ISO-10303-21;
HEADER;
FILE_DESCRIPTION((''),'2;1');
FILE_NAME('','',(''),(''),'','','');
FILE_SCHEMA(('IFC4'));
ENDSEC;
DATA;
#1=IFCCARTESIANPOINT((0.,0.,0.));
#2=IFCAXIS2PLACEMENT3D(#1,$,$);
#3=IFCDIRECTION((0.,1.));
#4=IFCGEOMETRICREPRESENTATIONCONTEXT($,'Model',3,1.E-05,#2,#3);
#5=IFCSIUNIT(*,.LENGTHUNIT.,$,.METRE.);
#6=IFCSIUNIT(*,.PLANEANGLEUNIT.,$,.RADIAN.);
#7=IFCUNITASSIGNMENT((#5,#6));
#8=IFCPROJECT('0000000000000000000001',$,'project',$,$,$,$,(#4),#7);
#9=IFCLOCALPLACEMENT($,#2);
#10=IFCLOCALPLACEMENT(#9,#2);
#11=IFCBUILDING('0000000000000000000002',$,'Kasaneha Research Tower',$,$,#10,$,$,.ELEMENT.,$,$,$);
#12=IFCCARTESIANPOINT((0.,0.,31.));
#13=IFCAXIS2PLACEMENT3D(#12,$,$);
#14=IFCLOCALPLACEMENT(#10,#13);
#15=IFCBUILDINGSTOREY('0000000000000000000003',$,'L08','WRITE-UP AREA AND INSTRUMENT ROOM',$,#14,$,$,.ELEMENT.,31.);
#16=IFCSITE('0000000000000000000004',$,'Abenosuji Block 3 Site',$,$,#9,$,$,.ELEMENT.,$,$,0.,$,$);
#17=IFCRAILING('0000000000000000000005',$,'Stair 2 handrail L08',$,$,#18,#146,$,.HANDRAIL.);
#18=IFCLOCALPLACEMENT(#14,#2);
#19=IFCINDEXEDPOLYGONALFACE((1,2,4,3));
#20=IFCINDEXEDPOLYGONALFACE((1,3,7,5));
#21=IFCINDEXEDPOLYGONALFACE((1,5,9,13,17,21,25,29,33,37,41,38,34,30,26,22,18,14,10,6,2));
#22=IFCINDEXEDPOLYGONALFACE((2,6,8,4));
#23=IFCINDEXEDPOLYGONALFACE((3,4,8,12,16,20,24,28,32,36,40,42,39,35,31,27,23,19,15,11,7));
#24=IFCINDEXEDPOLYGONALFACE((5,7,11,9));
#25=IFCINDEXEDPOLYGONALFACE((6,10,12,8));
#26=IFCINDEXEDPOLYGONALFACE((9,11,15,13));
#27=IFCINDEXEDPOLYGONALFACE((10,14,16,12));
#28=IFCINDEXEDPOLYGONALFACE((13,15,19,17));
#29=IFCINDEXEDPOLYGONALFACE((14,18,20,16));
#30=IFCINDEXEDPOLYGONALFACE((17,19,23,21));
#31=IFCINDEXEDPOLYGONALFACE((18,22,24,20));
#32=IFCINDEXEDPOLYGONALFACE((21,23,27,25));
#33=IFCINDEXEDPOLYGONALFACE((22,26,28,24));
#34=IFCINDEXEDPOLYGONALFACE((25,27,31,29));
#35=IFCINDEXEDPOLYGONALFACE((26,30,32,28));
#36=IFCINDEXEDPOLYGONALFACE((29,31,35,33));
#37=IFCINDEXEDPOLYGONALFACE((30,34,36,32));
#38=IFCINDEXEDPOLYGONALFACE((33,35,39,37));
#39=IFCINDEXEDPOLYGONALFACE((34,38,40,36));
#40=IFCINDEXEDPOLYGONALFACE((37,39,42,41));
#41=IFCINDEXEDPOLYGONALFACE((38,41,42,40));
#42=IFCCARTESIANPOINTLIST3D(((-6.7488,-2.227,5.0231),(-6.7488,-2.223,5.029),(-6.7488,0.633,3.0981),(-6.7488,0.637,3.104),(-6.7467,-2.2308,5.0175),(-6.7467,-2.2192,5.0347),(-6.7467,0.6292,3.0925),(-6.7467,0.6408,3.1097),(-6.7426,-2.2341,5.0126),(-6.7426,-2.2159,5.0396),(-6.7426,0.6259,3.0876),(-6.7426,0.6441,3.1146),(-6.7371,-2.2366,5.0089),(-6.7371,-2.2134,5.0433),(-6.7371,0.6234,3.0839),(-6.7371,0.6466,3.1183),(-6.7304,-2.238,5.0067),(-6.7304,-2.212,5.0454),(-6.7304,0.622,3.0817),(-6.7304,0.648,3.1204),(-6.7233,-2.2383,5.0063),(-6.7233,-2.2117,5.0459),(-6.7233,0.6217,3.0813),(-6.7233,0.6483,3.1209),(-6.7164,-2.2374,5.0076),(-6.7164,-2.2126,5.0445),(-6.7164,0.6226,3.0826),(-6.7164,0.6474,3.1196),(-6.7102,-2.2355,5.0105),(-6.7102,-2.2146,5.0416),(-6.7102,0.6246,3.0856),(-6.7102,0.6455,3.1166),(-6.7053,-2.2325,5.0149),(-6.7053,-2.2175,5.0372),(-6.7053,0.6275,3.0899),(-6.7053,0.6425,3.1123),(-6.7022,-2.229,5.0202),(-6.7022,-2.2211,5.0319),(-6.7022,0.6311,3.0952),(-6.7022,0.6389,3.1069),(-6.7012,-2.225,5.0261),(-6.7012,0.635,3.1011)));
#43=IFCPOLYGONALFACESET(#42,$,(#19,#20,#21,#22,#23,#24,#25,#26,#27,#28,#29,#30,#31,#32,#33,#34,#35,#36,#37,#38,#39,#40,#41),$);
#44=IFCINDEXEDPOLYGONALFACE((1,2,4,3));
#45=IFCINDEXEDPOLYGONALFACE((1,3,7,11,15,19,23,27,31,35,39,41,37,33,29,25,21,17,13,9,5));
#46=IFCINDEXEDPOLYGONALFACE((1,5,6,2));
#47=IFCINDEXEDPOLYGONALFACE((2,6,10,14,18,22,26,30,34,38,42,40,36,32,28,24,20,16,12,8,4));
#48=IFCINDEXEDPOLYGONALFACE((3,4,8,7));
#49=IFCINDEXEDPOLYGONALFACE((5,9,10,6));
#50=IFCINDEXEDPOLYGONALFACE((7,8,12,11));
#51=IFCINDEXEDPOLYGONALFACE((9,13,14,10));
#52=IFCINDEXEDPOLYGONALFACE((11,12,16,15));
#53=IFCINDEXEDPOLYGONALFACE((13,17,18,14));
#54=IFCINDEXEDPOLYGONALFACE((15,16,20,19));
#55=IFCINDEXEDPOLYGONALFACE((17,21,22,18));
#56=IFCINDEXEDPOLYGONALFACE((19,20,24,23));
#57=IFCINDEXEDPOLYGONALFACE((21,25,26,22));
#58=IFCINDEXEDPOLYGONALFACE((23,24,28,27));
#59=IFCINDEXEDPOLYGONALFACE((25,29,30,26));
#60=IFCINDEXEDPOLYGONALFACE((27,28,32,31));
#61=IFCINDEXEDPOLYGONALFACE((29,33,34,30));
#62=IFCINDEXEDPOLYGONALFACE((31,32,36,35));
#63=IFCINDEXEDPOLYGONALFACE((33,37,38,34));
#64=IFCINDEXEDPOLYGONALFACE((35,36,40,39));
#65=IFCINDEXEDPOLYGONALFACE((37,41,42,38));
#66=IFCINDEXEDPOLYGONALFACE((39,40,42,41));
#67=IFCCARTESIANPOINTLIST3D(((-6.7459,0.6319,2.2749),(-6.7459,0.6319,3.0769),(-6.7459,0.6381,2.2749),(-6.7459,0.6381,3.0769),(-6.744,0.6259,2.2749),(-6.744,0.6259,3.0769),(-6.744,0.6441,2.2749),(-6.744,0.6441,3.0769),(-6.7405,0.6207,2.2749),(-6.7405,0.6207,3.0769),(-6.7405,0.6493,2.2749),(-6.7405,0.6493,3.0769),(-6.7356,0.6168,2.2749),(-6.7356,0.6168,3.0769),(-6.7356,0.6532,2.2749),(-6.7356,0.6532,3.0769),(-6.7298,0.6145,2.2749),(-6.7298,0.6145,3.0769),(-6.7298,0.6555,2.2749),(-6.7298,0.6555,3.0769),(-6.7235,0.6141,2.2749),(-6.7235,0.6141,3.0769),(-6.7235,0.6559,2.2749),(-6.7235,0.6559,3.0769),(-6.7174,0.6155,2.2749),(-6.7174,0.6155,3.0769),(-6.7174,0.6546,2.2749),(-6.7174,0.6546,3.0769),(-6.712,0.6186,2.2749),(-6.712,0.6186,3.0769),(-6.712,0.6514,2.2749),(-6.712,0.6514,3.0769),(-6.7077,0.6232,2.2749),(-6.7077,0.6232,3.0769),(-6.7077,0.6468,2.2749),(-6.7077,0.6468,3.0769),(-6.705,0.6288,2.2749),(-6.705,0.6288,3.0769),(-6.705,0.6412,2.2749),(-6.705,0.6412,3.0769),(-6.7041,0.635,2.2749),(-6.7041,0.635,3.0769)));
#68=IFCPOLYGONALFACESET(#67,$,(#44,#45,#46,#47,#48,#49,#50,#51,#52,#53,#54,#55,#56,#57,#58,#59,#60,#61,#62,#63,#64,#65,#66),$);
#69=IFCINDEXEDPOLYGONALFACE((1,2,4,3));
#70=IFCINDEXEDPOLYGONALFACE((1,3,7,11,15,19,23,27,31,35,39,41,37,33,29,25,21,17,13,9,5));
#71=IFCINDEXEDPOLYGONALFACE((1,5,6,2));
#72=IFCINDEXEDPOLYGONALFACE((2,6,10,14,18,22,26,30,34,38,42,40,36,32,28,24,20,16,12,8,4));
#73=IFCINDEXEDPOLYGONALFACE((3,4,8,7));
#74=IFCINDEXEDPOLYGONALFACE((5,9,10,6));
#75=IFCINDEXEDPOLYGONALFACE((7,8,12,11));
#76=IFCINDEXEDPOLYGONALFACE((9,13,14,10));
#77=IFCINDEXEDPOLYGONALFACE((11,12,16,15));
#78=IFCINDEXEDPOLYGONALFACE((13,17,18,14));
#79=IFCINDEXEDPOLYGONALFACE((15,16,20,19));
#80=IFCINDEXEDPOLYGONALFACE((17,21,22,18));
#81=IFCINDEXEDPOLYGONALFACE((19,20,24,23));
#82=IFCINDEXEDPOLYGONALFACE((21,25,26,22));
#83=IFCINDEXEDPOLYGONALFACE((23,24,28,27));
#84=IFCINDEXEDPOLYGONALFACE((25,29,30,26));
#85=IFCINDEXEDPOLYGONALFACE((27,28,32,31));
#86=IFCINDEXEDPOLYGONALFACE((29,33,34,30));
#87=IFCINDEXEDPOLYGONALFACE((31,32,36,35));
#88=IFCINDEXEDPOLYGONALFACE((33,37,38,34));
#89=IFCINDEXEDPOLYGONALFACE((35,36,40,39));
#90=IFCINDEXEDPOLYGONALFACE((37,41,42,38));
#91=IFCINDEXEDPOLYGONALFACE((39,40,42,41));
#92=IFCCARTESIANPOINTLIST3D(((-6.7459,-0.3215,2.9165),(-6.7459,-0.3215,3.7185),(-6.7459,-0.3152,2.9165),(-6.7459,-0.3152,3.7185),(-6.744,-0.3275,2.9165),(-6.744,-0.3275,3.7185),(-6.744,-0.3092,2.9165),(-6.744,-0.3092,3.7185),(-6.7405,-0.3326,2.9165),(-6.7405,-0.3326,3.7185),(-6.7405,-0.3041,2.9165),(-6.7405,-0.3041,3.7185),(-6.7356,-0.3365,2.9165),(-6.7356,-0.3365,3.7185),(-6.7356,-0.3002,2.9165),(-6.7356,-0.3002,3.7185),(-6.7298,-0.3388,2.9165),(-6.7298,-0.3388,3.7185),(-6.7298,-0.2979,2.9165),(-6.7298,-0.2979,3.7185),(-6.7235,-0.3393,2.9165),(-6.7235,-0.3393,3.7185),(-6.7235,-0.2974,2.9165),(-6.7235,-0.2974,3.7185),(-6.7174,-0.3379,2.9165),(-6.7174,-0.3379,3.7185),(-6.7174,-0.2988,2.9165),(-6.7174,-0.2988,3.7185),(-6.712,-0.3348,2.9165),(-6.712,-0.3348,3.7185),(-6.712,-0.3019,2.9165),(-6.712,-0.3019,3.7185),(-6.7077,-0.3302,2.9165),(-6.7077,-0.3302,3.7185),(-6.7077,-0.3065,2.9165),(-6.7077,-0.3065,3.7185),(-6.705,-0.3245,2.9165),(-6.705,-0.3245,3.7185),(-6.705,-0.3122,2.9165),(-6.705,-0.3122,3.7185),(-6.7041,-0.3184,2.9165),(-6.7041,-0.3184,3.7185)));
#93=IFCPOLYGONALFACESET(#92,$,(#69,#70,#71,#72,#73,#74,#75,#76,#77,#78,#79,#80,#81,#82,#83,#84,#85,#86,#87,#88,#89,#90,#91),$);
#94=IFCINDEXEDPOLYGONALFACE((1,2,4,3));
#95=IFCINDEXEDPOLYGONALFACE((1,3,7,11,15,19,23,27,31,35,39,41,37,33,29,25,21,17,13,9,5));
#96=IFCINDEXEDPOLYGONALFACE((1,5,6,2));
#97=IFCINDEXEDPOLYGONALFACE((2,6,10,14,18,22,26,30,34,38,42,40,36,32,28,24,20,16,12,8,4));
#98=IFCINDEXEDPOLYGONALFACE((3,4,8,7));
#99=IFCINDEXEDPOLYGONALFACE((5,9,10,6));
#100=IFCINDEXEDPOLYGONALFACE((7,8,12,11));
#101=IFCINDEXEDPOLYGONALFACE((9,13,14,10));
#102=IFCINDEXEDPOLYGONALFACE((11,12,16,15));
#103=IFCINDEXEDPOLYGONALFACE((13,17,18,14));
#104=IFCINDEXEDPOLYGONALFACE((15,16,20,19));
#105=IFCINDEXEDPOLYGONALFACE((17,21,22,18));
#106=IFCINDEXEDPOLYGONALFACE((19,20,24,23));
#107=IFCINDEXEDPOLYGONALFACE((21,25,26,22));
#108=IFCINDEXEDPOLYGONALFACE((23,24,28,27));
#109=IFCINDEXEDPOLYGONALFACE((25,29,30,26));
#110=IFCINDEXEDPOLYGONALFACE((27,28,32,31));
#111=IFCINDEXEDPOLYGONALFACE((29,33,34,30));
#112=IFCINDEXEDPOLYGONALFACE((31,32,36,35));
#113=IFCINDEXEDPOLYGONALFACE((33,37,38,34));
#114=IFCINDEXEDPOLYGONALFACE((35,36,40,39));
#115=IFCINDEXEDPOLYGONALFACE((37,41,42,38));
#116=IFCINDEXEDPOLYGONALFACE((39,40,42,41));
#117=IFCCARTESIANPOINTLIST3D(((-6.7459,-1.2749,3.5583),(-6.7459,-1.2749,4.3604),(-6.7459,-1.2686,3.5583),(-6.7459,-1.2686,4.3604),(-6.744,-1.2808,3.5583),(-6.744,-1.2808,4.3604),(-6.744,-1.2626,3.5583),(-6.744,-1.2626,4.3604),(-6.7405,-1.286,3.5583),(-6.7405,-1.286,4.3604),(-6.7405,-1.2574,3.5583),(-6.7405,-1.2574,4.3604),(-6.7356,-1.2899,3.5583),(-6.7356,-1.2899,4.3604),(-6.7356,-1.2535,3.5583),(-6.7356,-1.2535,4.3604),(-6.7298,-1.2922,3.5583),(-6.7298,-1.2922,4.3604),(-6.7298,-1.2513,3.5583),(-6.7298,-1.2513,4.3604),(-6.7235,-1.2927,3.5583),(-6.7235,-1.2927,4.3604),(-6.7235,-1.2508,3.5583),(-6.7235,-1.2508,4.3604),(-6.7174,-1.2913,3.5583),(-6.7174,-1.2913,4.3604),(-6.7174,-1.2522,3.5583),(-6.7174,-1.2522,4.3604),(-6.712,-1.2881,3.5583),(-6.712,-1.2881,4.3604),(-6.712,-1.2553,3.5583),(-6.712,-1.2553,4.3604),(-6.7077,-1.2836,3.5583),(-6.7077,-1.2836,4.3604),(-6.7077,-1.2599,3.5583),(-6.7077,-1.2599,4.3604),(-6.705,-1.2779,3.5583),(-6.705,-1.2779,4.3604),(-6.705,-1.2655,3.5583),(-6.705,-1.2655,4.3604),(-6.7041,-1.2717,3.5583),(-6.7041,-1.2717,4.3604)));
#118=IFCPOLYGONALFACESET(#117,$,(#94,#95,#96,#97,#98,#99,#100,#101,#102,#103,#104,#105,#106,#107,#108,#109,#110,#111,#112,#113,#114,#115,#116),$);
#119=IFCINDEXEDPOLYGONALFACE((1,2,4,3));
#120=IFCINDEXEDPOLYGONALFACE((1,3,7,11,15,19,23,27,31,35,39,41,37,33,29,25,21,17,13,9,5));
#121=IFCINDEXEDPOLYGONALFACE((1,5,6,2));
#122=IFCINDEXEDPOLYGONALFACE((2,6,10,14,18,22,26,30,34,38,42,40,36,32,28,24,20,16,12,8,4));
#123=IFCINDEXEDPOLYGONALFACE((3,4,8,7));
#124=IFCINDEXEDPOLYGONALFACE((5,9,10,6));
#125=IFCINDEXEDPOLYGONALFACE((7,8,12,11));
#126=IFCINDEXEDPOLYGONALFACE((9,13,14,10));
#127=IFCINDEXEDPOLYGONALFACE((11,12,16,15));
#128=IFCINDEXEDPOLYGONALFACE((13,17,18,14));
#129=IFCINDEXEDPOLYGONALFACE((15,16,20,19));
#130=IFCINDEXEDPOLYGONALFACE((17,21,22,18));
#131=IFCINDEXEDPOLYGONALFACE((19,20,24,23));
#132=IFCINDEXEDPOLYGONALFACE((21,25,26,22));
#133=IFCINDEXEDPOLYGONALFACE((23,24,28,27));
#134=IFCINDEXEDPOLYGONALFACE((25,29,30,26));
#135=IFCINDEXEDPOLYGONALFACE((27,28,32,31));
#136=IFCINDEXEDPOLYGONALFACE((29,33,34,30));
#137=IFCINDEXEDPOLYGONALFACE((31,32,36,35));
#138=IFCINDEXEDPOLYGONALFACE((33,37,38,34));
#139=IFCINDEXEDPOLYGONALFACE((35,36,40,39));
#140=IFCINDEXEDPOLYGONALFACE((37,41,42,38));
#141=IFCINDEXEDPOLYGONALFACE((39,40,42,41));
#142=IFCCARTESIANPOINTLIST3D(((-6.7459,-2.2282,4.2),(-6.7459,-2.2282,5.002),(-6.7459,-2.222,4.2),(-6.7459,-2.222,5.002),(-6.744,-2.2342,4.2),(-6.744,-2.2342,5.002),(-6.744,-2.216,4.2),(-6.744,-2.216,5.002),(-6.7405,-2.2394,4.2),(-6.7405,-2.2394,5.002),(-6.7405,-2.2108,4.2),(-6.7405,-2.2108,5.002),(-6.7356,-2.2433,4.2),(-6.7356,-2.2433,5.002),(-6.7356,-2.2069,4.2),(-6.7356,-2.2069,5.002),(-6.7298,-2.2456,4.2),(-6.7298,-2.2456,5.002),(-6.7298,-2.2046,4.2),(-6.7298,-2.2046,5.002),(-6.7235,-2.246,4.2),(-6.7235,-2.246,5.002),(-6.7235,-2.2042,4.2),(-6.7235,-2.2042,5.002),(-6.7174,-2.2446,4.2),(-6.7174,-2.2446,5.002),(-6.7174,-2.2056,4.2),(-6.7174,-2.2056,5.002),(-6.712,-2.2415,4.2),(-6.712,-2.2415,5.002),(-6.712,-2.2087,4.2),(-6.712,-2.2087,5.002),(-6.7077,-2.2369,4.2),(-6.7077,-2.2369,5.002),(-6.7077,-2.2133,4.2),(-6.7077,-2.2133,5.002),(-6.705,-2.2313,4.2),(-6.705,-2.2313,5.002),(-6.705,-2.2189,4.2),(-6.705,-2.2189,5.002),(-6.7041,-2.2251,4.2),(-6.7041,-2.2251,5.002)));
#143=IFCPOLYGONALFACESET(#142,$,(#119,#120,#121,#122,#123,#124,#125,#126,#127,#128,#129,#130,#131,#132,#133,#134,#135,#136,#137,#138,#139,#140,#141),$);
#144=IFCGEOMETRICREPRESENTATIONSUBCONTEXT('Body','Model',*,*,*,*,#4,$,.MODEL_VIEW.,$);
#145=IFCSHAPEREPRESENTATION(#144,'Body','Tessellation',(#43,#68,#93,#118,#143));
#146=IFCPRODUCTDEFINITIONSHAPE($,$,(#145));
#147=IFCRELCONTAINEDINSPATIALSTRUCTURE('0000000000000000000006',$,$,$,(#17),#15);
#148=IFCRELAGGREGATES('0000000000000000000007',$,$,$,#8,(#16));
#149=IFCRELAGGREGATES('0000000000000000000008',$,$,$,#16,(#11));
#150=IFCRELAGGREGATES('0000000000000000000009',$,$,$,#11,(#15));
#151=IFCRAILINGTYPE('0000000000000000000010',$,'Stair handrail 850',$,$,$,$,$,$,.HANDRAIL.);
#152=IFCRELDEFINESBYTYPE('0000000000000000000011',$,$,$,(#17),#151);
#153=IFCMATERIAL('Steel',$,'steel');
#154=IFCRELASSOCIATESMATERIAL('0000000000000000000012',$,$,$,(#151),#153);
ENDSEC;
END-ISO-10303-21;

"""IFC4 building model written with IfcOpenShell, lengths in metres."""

from ifc_helpers import new_model, si_unit, direction, frame, origin, origin_2d, place, context, subcontext, project, spatial, circle, extrude, material, type_object, element, save


model = new_model("IFC4")

# Units and contexts
model_context = context("Model", 3, precision=1e-05, world=origin(), true_north=direction((0.0, 1.0)))
body_context = subcontext(model_context, "Body", "Model", "MODEL_VIEW")
ifc_project = project(units=[si_unit("LENGTHUNIT", "METRE"), si_unit("PLANEANGLEUNIT", "RADIAN")], contexts=[model_context])

# Site, building, storey
site_placement = place(None, origin())
site = spatial("IfcSite", under=ifc_project, at=site_placement, Name="Abenosuji Block 3 Site", CompositionType="ELEMENT", RefElevation=0.0)
building_placement = place(site_placement, origin())
building = spatial("IfcBuilding", under=site, at=building_placement, Name="Kasaneha Research Tower", CompositionType="ELEMENT")
storey_placement = place(building_placement, frame((0.0, 0.0, 31.0)))
storey = spatial("IfcBuildingStorey", under=building, at=storey_placement, Name="L08", Description="WRITE-UP AREA AND INSTRUMENT ROOM", CompositionType="ELEMENT", Elevation=31.0)

# Railing
ifc_material_1 = material(Name="Steel", Category="steel")
railing_type_1 = type_object("IfcRailingType", Name="Stair handrail 850", PredefinedType="HANDRAIL", material=ifc_material_1)
railing_1_placement = place(storey_placement, frame((-6.7251, 0.635, 2.2749)))
element("IfcRailing", 1, at=railing_1_placement, inside=storey, type_object=railing_type_1, Name="Stair 2 handrail L08", PredefinedType="HANDRAIL", context=body_context, shape_type="SweptSolid", body=[
    extrude(circle(Radius=0.0239, at=origin_2d()), frame((0.0, 0.0, 0.8262), z_axis=(0.0, -0.829591, 0.558372), x_axis=(1.0, 0.0, 0.0)), (0.0, 0.0, 1.0), 3.4475),
    extrude(circle(Radius=0.021, at=origin_2d()), origin(), (0.0, 0.0, 1.0), 0.802),
    extrude(circle(Radius=0.021, at=origin_2d()), frame((0.0, -0.9534, 0.6416)), (0.0, 0.0, 1.0), 0.802),
    extrude(circle(Radius=0.021, at=origin_2d()), frame((0.0, -1.9067, 1.2834)), (0.0, 0.0, 1.0), 0.802),
    extrude(circle(Radius=0.021, at=origin_2d()), frame((0.0, -2.8601, 1.925)), (0.0, 0.0, 1.0), 0.802),
])

save(model, "model.ifc")
